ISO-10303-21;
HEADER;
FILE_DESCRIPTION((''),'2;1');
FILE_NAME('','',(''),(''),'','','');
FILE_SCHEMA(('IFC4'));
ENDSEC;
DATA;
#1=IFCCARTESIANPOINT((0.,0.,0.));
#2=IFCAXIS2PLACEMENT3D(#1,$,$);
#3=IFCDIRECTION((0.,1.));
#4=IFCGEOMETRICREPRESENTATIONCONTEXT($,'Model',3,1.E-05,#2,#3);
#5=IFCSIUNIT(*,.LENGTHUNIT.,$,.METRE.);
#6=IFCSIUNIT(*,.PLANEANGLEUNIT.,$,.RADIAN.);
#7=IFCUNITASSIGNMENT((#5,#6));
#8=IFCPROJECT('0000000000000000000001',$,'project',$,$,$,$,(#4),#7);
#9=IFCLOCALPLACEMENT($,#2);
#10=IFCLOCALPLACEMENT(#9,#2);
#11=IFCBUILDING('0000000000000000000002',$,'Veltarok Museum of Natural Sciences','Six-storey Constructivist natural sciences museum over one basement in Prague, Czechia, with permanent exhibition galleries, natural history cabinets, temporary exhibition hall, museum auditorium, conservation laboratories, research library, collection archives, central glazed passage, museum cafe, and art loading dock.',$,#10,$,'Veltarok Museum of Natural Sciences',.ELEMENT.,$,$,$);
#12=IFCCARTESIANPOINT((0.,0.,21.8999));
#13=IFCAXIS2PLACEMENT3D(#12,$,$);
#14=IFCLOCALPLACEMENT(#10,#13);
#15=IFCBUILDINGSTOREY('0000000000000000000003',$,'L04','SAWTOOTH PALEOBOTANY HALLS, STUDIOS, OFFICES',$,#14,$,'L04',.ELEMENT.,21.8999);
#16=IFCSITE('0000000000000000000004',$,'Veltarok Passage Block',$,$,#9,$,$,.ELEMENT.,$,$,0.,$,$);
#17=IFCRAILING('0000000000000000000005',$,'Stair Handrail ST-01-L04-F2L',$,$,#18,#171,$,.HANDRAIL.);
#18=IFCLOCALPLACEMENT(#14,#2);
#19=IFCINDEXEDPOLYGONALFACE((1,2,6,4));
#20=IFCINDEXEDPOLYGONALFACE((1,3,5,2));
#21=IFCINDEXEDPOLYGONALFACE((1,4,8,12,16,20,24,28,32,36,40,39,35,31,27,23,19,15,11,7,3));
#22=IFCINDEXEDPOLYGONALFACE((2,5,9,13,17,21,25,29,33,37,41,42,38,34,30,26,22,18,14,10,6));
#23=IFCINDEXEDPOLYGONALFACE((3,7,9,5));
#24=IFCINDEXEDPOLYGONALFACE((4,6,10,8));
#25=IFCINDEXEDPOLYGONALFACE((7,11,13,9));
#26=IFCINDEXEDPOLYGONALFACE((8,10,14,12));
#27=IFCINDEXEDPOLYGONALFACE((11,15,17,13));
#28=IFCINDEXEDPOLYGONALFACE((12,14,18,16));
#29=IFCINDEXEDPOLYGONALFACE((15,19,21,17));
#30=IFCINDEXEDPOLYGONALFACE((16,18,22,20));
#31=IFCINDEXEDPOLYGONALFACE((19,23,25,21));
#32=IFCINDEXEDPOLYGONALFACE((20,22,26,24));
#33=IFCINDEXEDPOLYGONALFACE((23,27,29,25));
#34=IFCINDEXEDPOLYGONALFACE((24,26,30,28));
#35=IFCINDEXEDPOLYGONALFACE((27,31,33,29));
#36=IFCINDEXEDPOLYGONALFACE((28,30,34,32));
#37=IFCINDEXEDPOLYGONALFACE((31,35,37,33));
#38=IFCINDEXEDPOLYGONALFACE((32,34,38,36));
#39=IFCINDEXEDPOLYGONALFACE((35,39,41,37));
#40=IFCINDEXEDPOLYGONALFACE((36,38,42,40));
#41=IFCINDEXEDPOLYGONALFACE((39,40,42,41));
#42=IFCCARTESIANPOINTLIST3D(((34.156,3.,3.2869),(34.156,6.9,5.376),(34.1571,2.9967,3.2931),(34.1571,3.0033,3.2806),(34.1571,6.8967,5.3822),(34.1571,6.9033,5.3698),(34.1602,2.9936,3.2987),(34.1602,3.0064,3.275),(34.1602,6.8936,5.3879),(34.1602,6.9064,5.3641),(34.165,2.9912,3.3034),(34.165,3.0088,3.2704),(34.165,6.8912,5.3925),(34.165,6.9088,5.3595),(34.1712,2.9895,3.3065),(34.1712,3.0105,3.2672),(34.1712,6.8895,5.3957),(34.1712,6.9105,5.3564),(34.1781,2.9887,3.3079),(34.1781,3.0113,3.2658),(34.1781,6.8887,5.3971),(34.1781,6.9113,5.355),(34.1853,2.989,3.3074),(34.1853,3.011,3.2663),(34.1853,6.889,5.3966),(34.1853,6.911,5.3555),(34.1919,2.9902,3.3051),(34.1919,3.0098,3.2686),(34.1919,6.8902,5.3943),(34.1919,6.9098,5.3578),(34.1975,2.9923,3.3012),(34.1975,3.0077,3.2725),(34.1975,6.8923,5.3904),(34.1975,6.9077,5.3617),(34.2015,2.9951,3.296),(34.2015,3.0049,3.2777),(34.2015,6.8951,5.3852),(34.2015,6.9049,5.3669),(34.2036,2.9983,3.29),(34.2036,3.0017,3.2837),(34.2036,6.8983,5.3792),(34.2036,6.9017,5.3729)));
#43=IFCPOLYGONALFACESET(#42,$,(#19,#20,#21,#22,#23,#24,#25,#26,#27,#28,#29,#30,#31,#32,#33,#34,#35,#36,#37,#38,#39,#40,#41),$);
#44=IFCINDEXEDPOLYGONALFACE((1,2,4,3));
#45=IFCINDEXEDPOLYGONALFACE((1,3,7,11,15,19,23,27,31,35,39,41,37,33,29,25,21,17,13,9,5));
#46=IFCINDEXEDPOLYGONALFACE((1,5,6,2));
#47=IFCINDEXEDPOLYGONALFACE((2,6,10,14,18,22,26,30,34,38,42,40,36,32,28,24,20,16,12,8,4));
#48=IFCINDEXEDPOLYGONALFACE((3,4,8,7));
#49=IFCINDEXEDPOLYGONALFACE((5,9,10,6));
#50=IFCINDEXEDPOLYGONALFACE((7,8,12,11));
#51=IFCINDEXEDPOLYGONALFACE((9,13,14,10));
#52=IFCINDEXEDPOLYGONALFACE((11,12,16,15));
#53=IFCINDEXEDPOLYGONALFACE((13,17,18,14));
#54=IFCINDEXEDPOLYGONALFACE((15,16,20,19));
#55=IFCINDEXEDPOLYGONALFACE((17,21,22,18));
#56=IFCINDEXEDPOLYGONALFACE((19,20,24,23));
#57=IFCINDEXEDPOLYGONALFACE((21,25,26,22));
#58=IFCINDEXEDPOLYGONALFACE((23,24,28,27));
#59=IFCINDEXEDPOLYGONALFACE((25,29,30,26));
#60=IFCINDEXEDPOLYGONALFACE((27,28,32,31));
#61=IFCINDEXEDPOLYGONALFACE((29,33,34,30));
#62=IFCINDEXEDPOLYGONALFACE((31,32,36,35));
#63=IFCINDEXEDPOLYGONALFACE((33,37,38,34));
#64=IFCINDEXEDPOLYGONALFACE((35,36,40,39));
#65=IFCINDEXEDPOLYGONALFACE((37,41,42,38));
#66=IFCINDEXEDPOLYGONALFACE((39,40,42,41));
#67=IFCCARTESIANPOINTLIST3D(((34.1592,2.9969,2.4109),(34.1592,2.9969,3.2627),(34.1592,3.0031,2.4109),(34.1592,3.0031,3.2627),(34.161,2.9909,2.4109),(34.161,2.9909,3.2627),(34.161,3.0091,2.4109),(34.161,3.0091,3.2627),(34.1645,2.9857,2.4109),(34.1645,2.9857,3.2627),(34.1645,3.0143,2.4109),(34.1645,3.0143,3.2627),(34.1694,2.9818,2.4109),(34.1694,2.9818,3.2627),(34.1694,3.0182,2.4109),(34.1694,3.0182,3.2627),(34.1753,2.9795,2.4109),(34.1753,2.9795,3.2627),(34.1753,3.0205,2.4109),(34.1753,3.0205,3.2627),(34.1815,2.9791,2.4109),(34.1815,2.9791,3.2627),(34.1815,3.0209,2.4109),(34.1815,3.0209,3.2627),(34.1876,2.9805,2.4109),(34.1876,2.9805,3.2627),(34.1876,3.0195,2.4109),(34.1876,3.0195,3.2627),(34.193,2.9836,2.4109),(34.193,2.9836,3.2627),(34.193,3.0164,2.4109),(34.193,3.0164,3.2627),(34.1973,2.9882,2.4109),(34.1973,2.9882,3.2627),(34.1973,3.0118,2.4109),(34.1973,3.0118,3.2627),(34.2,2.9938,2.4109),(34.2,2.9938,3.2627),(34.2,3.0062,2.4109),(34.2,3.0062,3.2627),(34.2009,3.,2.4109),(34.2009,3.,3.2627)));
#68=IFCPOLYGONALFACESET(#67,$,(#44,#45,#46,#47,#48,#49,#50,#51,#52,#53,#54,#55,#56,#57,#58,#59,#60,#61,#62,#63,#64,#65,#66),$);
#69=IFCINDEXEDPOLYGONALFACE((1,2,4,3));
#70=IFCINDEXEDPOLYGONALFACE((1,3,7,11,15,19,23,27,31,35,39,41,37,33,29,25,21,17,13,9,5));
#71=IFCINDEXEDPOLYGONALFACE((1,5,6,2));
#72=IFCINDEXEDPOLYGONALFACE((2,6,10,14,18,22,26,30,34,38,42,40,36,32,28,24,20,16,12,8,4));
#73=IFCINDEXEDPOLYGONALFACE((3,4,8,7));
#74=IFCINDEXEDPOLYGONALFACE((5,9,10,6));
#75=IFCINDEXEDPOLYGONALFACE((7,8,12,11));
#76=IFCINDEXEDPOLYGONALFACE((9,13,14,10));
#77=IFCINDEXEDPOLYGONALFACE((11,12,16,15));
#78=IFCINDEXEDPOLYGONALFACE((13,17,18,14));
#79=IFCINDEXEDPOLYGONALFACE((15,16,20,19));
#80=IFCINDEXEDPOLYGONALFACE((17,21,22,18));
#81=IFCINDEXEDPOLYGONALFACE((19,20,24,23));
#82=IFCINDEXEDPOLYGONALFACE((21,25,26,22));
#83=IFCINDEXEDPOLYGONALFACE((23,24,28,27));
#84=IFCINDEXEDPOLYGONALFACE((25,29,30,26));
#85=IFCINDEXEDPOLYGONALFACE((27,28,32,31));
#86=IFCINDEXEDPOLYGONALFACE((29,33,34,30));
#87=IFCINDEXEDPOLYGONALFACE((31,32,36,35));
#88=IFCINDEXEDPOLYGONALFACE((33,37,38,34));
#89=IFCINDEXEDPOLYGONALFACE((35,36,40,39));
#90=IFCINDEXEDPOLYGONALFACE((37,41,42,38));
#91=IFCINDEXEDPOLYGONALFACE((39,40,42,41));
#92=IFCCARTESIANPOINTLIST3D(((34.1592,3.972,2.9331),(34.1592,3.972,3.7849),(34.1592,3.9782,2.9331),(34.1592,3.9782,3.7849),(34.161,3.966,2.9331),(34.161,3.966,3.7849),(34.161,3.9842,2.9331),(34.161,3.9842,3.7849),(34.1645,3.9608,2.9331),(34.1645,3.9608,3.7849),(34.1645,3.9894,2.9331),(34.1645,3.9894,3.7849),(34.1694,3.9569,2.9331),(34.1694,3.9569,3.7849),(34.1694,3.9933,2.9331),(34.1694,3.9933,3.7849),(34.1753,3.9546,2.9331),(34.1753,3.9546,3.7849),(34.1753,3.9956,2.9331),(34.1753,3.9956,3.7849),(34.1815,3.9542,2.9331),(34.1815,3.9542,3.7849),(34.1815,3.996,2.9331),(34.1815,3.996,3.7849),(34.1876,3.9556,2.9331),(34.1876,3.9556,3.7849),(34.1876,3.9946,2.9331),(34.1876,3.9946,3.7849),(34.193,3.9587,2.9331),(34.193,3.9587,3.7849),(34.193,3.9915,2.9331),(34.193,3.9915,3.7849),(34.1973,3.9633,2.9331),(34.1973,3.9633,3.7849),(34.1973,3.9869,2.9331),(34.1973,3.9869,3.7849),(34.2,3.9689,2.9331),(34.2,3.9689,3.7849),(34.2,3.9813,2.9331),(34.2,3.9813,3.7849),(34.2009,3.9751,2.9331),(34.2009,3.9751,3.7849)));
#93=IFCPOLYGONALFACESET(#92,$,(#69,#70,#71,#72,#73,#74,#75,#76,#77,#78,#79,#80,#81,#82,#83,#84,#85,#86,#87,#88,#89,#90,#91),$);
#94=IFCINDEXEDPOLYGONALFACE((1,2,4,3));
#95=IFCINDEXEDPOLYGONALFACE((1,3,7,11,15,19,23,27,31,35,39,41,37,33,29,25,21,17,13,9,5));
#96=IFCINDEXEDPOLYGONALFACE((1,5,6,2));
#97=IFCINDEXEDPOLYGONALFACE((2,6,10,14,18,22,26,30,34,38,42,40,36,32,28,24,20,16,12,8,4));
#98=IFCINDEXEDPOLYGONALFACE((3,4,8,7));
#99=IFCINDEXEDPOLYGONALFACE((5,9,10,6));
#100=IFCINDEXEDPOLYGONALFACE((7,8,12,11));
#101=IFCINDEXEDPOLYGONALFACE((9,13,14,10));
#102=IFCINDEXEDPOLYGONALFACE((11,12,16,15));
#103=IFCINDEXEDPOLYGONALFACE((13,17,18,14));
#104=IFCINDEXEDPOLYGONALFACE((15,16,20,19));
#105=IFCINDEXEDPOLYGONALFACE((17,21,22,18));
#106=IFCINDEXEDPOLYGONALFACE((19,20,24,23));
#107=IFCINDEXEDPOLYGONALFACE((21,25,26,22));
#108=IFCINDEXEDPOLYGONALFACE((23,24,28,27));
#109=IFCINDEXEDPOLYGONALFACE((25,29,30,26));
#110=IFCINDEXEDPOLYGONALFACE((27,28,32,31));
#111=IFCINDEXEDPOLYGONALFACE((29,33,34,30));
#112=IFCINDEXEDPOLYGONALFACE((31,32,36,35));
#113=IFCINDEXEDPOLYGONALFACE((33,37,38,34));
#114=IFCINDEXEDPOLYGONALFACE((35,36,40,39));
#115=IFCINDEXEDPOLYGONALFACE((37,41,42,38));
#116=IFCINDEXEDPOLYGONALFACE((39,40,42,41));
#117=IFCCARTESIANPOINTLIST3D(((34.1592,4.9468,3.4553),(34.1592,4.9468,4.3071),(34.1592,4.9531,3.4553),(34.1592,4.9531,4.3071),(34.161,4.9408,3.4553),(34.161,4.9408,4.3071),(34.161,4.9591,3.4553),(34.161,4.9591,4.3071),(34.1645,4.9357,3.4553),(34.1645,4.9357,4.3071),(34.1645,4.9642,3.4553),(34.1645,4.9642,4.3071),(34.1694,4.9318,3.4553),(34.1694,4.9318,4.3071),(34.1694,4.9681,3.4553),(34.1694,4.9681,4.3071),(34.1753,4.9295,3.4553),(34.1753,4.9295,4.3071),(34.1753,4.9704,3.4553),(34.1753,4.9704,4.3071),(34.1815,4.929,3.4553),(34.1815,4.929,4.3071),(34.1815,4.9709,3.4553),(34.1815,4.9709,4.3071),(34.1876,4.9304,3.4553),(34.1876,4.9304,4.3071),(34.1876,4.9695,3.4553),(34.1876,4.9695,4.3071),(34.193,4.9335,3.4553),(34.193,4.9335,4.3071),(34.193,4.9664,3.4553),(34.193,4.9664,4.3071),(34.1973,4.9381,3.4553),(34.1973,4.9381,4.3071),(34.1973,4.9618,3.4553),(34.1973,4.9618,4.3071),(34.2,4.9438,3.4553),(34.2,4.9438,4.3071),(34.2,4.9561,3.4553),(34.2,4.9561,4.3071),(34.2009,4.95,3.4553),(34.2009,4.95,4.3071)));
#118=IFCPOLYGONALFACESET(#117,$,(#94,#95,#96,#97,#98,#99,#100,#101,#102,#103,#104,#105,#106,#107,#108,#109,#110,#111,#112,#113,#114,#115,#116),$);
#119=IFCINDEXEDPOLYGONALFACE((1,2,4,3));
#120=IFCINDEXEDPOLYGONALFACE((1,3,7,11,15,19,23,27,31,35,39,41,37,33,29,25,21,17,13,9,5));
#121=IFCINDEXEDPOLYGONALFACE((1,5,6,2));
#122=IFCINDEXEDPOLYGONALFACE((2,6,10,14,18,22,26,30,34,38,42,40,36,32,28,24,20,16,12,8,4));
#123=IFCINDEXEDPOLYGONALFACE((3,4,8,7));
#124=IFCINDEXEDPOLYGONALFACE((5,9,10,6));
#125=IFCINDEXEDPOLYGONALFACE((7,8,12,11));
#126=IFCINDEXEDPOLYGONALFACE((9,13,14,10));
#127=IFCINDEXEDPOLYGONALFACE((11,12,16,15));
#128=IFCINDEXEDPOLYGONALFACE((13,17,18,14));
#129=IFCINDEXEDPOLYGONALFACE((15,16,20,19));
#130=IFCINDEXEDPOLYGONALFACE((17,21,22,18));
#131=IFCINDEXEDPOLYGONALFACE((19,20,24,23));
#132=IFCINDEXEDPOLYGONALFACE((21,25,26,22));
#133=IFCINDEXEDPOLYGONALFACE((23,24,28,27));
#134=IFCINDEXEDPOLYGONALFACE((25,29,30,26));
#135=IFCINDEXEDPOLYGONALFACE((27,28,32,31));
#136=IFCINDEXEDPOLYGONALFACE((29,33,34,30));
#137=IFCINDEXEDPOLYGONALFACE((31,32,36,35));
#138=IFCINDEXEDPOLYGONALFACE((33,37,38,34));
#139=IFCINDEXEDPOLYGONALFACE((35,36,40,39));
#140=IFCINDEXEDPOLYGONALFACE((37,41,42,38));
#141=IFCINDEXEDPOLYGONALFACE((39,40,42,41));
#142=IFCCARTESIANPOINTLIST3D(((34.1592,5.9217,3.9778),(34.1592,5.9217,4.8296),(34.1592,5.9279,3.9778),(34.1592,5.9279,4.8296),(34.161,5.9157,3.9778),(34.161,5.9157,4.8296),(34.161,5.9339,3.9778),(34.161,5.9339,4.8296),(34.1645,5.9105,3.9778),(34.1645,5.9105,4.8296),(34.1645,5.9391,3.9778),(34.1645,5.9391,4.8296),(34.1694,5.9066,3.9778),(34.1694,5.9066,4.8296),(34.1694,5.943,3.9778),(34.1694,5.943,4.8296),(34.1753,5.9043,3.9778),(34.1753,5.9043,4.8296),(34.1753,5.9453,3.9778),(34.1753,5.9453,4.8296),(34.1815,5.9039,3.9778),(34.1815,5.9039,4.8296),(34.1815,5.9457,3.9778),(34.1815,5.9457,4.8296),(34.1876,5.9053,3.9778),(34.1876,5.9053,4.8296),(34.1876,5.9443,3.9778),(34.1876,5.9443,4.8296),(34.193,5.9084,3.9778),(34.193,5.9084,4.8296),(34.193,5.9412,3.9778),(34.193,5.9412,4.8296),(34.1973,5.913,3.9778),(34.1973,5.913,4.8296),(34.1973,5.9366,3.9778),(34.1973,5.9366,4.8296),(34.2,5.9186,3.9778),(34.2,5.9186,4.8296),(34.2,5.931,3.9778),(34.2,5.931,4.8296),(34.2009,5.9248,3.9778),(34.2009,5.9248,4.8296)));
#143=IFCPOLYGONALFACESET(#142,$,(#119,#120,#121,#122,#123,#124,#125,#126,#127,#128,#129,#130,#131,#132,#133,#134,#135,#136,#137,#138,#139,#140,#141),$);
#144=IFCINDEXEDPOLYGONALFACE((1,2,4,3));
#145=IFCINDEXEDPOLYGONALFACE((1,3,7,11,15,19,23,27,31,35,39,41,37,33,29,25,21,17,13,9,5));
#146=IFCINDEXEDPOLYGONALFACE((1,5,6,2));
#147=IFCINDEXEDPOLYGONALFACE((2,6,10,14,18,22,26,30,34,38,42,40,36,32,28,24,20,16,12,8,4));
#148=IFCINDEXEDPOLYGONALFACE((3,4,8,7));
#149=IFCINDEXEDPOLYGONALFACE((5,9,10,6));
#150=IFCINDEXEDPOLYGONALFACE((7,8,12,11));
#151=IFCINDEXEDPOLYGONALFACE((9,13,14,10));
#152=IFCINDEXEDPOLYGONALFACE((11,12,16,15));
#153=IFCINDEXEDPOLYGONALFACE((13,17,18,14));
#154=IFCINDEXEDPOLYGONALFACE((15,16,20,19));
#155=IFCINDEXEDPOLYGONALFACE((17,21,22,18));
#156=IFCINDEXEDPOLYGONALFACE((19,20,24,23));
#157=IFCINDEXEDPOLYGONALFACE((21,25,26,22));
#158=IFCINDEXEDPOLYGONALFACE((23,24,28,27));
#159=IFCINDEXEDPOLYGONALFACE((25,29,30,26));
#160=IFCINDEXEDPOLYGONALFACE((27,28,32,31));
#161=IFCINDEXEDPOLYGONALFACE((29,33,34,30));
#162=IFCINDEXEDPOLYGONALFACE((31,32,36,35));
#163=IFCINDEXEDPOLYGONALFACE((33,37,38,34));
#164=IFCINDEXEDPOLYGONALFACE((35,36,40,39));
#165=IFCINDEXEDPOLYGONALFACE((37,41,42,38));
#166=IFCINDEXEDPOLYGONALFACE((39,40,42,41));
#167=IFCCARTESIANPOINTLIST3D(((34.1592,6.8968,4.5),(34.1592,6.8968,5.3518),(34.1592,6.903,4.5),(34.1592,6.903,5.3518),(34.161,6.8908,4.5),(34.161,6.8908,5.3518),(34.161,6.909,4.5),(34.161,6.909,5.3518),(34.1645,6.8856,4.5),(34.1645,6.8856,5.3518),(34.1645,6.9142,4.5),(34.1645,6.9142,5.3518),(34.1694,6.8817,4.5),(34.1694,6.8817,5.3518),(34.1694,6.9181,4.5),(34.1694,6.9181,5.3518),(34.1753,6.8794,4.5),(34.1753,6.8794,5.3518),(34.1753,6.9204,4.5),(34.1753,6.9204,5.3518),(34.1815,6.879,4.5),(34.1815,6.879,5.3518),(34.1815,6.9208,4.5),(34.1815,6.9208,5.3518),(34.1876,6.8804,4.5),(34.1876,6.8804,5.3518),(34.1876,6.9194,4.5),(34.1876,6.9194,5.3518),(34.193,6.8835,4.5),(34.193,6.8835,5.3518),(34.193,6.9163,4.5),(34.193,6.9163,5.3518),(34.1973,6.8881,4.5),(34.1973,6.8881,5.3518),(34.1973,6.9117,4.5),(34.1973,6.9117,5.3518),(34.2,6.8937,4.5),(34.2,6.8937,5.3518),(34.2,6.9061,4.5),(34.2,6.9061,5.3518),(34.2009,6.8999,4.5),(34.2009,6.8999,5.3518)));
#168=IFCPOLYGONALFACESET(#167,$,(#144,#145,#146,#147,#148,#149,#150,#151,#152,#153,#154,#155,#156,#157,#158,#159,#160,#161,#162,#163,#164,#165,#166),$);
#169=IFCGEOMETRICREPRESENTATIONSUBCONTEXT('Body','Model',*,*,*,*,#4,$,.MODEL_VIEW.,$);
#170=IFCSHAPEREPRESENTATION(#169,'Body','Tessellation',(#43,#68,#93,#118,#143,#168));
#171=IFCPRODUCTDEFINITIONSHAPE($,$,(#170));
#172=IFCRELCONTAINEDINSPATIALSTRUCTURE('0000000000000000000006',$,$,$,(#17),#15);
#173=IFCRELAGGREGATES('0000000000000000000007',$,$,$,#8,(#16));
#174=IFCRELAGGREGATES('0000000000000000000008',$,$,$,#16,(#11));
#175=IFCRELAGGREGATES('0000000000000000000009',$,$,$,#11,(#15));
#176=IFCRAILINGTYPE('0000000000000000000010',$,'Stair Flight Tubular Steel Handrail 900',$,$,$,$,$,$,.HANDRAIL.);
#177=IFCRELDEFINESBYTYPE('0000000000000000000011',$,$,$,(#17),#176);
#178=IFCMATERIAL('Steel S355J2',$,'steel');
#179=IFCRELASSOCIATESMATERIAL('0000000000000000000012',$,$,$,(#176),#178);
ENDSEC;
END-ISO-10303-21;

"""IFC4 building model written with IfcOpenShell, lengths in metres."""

from ifc_helpers import new_model, si_unit, direction, frame, origin, origin_2d, place, context, subcontext, project, spatial, circle, extrude, material, type_object, element, save


model = new_model("IFC4")

# Units and contexts
model_context = context("Model", 3, precision=1e-05, world=origin(), true_north=direction((0.0, 1.0)))
body_context = subcontext(model_context, "Body", "Model", "MODEL_VIEW")
ifc_project = project(units=[si_unit("LENGTHUNIT", "METRE"), si_unit("PLANEANGLEUNIT", "RADIAN")], contexts=[model_context])

# Site, building, storey
site_placement = place(None, origin())
site = spatial("IfcSite", under=ifc_project, at=site_placement, Name="Veltarok Passage Block", CompositionType="ELEMENT", RefElevation=0.0)
building_placement = place(site_placement, origin())
building = spatial("IfcBuilding", under=site, at=building_placement, Name="Veltarok Museum of Natural Sciences", Description="Six-storey Constructivist natural sciences museum over one basement in Prague, Czechia, with permanent exhibition galleries, natural history cabinets, temporary exhibition hall, museum auditorium, conservation laboratories, research library, collection archives, central glazed passage, museum cafe, and art loading dock.", LongName="Veltarok Museum of Natural Sciences", CompositionType="ELEMENT")
storey_placement = place(building_placement, frame((0.0, 0.0, 21.8999)))
storey = spatial("IfcBuildingStorey", under=building, at=storey_placement, Name="L04", Description="SAWTOOTH PALEOBOTANY HALLS, STUDIOS, OFFICES", LongName="L04", CompositionType="ELEMENT", Elevation=21.8999)

# Shared definitions
ifc_material_1 = material(Name="Steel S355J2", Category="steel")

# Railing
railing_type_1 = type_object("IfcRailingType", Name="Stair Flight Tubular Steel Handrail 900", PredefinedType="HANDRAIL", material=ifc_material_1)
for number, where, name in (
    (1, (34.1799, 3.0, 2.4109), "Stair Handrail ST-01-L04-F2L"),
):
    element("IfcRailing", number, at=place(storey_placement, frame(where)), inside=storey, type_object=railing_type_1, Name=name, PredefinedType="HANDRAIL", context=body_context, shape_type="SweptSolid", body=[
        extrude(circle(Radius=0.0239, at=origin_2d()), frame((0.0, 0.0, 0.876), z_axis=(0.0, 0.881491, 0.4722), x_axis=(-1.0, 0.0, 0.0)), (0.0, 0.0, 1.0), 4.4243),
        extrude(circle(Radius=0.021, at=origin_2d()), origin(), (0.0, 0.0, 1.0), 0.8518),
        extrude(circle(Radius=0.021, at=origin_2d()), frame((0.0, 0.9751, 0.5222)), (0.0, 0.0, 1.0), 0.8518),
        extrude(circle(Radius=0.021, at=origin_2d()), frame((0.0, 1.95, 1.0444)), (0.0, 0.0, 1.0), 0.8518),
        extrude(circle(Radius=0.021, at=origin_2d()), frame((0.0, 2.9248, 1.5669)), (0.0, 0.0, 1.0), 0.8518),
        extrude(circle(Radius=0.021, at=origin_2d()), frame((0.0, 3.8999, 2.0891)), (0.0, 0.0, 1.0), 0.8518),
    ])

save(model, "model.ifc")
